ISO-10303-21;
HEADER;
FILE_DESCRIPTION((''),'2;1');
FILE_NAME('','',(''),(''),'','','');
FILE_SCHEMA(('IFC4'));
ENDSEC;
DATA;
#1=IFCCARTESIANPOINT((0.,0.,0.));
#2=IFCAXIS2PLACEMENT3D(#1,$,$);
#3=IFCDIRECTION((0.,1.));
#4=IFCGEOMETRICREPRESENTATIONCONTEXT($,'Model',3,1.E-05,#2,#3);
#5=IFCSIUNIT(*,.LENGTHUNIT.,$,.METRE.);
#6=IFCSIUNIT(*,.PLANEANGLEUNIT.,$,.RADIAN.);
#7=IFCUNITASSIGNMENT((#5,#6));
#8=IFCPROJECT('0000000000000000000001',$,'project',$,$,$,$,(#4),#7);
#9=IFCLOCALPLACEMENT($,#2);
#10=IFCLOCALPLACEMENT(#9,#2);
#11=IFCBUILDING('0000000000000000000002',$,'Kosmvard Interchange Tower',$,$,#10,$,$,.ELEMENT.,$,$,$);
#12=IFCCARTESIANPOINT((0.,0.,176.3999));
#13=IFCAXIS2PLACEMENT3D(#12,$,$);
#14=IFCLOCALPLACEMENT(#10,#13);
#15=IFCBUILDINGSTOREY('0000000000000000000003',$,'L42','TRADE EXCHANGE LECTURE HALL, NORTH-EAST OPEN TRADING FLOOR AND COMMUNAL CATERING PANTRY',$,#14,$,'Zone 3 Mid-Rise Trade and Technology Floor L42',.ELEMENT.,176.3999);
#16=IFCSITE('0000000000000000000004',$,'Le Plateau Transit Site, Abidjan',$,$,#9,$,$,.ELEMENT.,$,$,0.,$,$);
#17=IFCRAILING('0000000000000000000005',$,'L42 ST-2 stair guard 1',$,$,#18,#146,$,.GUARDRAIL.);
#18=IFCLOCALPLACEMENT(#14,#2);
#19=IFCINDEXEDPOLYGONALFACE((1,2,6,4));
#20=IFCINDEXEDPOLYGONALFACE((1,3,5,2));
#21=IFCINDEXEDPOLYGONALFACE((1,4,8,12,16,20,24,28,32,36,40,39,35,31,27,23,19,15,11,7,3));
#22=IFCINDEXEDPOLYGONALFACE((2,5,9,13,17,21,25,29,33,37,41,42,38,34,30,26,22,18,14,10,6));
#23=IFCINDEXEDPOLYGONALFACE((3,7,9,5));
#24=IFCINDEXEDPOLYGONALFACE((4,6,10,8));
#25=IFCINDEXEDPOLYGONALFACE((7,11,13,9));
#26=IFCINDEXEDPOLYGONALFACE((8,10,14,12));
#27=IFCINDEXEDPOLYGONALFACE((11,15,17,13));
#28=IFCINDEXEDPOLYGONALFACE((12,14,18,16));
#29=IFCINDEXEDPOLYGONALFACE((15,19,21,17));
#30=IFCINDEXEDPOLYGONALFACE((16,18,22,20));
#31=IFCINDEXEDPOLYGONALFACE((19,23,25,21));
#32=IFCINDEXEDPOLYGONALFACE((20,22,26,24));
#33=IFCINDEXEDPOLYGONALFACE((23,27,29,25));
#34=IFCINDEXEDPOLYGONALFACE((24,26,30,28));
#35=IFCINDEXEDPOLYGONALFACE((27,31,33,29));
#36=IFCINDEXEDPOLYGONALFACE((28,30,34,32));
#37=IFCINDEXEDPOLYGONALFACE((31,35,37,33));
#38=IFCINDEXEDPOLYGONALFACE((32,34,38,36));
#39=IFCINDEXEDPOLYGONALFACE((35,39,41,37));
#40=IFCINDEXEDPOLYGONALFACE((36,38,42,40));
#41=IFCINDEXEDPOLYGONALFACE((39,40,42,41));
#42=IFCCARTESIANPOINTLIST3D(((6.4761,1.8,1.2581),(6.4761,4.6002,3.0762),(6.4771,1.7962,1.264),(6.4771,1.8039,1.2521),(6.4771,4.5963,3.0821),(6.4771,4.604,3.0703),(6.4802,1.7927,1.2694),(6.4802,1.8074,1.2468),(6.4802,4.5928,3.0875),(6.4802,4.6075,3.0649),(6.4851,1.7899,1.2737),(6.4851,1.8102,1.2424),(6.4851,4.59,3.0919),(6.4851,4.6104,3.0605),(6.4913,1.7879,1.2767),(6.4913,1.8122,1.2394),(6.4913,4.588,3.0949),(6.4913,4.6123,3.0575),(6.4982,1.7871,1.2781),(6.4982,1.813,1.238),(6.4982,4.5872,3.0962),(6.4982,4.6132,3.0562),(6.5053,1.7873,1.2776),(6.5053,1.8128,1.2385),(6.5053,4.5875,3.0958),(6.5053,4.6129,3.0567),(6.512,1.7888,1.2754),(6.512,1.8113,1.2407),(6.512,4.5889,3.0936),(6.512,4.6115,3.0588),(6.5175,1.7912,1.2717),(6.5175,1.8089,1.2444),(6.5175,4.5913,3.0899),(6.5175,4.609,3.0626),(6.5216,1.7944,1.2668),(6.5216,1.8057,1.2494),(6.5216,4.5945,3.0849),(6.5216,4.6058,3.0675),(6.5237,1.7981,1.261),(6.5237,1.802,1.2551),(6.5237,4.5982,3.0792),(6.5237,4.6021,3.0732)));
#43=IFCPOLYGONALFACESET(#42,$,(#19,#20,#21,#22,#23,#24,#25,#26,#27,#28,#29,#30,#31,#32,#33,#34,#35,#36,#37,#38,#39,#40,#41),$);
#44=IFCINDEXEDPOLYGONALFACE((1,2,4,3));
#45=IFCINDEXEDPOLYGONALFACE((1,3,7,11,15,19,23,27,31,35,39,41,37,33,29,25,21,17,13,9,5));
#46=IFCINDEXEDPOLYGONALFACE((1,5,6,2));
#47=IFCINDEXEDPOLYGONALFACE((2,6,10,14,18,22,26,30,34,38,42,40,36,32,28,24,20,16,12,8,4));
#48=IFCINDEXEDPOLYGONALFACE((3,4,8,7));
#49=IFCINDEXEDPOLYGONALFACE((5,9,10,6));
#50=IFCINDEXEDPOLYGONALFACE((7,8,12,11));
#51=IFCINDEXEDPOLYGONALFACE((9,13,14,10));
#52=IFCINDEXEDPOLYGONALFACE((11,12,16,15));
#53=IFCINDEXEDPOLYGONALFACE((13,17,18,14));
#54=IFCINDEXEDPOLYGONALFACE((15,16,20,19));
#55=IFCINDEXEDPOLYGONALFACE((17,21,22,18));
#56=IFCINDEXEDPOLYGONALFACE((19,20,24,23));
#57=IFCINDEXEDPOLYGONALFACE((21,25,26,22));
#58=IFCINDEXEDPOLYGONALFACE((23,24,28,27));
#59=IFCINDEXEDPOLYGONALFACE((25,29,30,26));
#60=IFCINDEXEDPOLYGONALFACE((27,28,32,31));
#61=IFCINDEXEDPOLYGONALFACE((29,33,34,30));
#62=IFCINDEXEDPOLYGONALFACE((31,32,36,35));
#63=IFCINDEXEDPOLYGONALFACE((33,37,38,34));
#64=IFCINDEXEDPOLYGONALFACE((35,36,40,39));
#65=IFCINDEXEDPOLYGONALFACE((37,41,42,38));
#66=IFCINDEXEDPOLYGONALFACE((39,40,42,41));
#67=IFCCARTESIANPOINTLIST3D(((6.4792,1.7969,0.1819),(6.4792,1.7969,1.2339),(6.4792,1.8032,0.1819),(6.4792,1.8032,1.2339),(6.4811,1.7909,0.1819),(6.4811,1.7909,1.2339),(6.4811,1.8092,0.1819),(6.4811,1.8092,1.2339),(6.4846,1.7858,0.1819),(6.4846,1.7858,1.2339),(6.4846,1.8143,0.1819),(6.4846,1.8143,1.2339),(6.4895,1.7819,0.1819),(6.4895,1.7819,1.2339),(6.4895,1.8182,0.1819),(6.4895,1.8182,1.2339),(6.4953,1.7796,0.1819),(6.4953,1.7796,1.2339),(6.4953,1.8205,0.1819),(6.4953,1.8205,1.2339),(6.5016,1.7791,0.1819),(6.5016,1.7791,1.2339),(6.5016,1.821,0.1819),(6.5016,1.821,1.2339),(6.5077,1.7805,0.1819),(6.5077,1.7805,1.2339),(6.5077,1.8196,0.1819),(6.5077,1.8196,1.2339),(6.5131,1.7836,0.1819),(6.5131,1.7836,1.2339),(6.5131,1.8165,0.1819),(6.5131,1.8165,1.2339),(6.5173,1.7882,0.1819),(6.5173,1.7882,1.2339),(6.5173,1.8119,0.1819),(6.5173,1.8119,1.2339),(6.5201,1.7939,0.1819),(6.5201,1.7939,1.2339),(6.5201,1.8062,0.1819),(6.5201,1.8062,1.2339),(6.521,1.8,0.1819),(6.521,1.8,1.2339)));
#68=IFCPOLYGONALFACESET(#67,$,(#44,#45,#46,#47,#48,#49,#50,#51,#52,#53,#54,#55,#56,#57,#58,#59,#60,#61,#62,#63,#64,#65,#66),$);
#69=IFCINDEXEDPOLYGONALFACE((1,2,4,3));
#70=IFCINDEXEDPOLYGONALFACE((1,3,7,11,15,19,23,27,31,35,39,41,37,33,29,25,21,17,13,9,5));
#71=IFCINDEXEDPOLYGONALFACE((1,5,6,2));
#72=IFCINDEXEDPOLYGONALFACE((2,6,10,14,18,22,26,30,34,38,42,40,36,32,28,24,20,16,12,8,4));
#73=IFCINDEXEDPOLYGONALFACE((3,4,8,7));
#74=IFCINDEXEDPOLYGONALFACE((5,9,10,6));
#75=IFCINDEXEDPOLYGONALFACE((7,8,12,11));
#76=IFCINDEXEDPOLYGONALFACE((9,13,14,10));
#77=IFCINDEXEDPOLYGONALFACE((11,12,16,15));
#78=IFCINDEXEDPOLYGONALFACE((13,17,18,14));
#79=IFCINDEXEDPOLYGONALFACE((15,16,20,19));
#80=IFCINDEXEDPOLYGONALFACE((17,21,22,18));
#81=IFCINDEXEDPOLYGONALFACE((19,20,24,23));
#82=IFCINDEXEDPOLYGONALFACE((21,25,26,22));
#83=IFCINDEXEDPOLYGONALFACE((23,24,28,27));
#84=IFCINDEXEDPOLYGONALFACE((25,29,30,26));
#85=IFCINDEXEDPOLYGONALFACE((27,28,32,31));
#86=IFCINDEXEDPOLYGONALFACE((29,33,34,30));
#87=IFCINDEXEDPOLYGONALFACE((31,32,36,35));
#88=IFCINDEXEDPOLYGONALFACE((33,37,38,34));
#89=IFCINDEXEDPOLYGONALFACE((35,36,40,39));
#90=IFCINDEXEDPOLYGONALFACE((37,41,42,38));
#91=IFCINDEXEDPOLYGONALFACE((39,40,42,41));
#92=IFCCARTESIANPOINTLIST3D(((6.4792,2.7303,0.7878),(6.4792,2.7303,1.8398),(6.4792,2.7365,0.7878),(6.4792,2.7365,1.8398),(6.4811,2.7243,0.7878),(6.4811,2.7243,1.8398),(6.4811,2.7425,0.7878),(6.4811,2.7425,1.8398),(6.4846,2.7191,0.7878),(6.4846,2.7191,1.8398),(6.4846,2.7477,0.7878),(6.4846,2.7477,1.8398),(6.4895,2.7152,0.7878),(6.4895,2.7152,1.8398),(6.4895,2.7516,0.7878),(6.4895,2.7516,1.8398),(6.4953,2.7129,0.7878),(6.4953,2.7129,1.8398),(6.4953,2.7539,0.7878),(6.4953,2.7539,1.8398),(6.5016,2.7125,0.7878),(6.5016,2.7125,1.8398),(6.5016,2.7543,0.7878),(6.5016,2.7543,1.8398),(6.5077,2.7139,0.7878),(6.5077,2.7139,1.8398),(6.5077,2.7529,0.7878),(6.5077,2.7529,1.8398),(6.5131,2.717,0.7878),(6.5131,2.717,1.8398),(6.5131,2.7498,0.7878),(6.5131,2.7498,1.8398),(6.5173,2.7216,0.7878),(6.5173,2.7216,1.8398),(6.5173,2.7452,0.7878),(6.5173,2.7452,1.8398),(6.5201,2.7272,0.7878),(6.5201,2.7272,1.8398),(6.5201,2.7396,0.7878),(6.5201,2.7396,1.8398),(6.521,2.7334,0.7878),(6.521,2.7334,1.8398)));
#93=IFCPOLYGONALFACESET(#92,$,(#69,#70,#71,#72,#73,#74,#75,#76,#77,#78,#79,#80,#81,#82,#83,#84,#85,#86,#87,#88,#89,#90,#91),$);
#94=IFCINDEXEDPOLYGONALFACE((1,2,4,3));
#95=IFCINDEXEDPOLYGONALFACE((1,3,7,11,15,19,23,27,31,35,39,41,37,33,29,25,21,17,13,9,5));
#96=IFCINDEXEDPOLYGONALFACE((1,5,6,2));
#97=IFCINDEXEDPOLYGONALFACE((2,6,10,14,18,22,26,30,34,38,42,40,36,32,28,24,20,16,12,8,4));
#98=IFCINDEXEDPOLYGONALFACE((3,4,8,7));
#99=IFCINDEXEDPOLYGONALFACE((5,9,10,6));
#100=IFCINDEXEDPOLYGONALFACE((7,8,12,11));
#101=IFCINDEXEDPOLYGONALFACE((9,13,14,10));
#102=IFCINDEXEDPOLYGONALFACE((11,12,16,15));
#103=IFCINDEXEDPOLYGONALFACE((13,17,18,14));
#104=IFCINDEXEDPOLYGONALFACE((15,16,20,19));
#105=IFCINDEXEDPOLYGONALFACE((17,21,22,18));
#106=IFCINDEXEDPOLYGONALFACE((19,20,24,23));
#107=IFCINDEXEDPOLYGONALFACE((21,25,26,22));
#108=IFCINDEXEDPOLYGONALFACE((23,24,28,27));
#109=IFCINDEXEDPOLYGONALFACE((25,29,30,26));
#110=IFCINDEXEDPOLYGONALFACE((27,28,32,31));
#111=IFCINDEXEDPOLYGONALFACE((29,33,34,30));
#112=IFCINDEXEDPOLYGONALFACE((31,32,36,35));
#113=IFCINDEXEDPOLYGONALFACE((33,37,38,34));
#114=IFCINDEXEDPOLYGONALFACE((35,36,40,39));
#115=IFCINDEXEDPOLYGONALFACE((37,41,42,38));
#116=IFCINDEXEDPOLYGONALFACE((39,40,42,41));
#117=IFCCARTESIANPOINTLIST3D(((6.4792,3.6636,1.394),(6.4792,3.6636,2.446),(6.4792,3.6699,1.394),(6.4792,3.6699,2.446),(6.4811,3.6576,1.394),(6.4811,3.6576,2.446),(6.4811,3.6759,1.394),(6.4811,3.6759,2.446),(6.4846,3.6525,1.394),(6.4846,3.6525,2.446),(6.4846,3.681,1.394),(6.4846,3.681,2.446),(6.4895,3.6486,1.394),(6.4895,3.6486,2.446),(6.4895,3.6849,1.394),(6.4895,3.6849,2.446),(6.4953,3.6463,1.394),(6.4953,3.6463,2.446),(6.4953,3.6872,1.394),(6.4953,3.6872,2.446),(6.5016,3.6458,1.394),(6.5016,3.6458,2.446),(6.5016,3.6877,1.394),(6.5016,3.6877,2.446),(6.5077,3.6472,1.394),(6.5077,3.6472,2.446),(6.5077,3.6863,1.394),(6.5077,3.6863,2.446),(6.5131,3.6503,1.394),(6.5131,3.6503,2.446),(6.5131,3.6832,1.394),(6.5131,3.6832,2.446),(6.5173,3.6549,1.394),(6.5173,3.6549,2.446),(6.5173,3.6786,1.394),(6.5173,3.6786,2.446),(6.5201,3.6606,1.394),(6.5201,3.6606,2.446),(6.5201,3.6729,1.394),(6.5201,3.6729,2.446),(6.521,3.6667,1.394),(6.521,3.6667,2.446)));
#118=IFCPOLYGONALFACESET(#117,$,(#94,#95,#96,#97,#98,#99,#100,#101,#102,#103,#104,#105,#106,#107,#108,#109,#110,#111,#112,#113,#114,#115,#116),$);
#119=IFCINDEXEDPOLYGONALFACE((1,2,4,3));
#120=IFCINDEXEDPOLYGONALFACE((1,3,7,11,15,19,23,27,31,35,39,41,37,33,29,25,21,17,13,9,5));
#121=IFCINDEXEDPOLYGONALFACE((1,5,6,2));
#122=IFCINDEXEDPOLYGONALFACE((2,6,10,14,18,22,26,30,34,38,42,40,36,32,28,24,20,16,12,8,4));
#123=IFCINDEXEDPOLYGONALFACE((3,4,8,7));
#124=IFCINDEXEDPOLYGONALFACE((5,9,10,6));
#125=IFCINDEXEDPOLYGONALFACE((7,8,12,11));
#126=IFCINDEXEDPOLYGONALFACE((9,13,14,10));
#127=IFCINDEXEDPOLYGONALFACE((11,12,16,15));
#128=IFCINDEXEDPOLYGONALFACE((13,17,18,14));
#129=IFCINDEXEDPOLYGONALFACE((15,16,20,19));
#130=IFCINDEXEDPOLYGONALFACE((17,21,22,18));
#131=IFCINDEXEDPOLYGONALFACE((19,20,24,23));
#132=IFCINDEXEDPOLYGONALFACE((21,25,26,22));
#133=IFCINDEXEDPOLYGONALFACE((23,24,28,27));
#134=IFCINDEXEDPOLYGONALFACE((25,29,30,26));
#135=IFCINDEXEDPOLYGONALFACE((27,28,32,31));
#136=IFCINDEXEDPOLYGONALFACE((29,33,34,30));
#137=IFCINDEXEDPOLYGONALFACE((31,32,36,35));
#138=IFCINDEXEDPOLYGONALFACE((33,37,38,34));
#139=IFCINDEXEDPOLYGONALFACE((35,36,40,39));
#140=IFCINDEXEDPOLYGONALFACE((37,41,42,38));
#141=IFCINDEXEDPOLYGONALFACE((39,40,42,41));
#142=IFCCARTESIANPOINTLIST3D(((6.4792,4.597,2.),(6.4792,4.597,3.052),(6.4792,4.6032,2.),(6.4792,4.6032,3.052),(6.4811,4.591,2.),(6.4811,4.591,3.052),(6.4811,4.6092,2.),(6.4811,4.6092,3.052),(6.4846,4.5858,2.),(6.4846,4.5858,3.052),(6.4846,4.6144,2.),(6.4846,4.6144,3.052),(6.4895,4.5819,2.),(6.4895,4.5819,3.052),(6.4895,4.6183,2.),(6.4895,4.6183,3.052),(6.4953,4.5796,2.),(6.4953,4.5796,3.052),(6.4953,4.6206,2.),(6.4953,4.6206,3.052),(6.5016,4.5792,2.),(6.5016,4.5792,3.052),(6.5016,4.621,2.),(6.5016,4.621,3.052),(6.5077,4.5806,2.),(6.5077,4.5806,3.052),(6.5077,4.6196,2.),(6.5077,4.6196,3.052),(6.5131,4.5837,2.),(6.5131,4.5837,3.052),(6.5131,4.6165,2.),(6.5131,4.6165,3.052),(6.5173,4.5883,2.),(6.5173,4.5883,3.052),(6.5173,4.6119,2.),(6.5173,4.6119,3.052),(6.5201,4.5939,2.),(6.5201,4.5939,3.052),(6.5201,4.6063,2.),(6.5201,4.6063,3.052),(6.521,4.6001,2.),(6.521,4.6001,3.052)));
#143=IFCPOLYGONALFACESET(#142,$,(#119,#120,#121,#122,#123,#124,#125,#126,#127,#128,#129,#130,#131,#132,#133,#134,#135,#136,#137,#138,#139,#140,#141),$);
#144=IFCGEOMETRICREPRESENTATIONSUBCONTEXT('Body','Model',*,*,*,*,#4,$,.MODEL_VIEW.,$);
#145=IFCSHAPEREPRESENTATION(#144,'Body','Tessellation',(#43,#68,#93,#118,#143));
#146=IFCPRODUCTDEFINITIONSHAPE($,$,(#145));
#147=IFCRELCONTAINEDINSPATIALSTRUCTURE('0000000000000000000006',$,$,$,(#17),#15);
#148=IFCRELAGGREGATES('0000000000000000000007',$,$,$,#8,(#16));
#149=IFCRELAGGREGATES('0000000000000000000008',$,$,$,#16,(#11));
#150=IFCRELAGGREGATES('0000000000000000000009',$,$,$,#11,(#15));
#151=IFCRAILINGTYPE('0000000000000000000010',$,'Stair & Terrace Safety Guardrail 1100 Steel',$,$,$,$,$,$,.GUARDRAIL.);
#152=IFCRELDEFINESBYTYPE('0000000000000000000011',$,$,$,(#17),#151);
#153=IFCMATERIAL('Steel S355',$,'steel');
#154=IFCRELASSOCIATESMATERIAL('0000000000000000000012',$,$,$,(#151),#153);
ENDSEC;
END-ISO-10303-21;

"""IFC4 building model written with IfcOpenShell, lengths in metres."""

from ifc_helpers import new_model, si_unit, direction, frame, origin, origin_2d, place, context, subcontext, project, spatial, circle, extrude, source, transform, mapped, material, type_object, element, save


model = new_model("IFC4")

# Units and contexts
model_context = context("Model", 3, precision=1e-05, world=origin(), true_north=direction((0.0, 1.0)))
body_context = subcontext(model_context, "Body", "Model", "MODEL_VIEW")
ifc_project = project(units=[si_unit("LENGTHUNIT", "METRE"), si_unit("PLANEANGLEUNIT", "RADIAN")], contexts=[model_context])

# Site, building, storey
site_placement = place(None, origin())
site = spatial("IfcSite", under=ifc_project, at=site_placement, Name="Le Plateau Transit Site, Abidjan", CompositionType="ELEMENT", RefElevation=0.0)
building_placement = place(site_placement, origin())
building = spatial("IfcBuilding", under=site, at=building_placement, Name="Kosmvard Interchange Tower", CompositionType="ELEMENT")
storey_placement = place(building_placement, frame((0.0, 0.0, 176.3999)))
storey = spatial("IfcBuildingStorey", under=building, at=storey_placement, Name="L42", Description="TRADE EXCHANGE LECTURE HALL, NORTH-EAST OPEN TRADING FLOOR AND COMMUNAL CATERING PANTRY", LongName="Zone 3 Mid-Rise Trade and Technology Floor L42", CompositionType="ELEMENT", Elevation=176.3999)

# Railing
ifc_material_1 = material(Name="Steel S355", Category="steel")
railing_type_1 = type_object("IfcRailingType", Name="Stair & Terrace Safety Guardrail 1100 Steel", PredefinedType="GUARDRAIL", material=ifc_material_1)
shared_shape_1 = source(origin(), body_context, "Body", "SweptSolid", [
    extrude(circle(Radius=0.0239, at=origin_2d()), frame((0.0, 0.0, 1.0762), z_axis=(0.0, 0.838706, 0.544585), x_axis=(-1.0, 0.0, 0.0)), (0.0, 0.0, 1.0), 3.3386),
    extrude(circle(Radius=0.021, at=origin_2d()), origin(), (0.0, 0.0, 1.0), 1.052),
    extrude(circle(Radius=0.021, at=origin_2d()), frame((0.0, 0.9333, 0.606)), (0.0, 0.0, 1.0), 1.052),
    extrude(circle(Radius=0.021, at=origin_2d()), frame((0.0, 1.8667, 1.2122)), (0.0, 0.0, 1.0), 1.052),
    extrude(circle(Radius=0.021, at=origin_2d()), frame((0.0, 2.8, 1.8181)), (0.0, 0.0, 1.0), 1.052),
])
railing_1_placement = place(storey_placement, frame((6.5, 1.8, 0.1819)))
element("IfcRailing", 1, at=railing_1_placement, inside=storey, type_object=railing_type_1, Name="L42 ST-2 stair guard 1", PredefinedType="GUARDRAIL", context=body_context, shape_type="MappedRepresentation", body=[
    mapped(shared_shape_1, transform((0.0, 0.0, 0.0), scale=1.0)),
])

save(model, "model.ifc")
